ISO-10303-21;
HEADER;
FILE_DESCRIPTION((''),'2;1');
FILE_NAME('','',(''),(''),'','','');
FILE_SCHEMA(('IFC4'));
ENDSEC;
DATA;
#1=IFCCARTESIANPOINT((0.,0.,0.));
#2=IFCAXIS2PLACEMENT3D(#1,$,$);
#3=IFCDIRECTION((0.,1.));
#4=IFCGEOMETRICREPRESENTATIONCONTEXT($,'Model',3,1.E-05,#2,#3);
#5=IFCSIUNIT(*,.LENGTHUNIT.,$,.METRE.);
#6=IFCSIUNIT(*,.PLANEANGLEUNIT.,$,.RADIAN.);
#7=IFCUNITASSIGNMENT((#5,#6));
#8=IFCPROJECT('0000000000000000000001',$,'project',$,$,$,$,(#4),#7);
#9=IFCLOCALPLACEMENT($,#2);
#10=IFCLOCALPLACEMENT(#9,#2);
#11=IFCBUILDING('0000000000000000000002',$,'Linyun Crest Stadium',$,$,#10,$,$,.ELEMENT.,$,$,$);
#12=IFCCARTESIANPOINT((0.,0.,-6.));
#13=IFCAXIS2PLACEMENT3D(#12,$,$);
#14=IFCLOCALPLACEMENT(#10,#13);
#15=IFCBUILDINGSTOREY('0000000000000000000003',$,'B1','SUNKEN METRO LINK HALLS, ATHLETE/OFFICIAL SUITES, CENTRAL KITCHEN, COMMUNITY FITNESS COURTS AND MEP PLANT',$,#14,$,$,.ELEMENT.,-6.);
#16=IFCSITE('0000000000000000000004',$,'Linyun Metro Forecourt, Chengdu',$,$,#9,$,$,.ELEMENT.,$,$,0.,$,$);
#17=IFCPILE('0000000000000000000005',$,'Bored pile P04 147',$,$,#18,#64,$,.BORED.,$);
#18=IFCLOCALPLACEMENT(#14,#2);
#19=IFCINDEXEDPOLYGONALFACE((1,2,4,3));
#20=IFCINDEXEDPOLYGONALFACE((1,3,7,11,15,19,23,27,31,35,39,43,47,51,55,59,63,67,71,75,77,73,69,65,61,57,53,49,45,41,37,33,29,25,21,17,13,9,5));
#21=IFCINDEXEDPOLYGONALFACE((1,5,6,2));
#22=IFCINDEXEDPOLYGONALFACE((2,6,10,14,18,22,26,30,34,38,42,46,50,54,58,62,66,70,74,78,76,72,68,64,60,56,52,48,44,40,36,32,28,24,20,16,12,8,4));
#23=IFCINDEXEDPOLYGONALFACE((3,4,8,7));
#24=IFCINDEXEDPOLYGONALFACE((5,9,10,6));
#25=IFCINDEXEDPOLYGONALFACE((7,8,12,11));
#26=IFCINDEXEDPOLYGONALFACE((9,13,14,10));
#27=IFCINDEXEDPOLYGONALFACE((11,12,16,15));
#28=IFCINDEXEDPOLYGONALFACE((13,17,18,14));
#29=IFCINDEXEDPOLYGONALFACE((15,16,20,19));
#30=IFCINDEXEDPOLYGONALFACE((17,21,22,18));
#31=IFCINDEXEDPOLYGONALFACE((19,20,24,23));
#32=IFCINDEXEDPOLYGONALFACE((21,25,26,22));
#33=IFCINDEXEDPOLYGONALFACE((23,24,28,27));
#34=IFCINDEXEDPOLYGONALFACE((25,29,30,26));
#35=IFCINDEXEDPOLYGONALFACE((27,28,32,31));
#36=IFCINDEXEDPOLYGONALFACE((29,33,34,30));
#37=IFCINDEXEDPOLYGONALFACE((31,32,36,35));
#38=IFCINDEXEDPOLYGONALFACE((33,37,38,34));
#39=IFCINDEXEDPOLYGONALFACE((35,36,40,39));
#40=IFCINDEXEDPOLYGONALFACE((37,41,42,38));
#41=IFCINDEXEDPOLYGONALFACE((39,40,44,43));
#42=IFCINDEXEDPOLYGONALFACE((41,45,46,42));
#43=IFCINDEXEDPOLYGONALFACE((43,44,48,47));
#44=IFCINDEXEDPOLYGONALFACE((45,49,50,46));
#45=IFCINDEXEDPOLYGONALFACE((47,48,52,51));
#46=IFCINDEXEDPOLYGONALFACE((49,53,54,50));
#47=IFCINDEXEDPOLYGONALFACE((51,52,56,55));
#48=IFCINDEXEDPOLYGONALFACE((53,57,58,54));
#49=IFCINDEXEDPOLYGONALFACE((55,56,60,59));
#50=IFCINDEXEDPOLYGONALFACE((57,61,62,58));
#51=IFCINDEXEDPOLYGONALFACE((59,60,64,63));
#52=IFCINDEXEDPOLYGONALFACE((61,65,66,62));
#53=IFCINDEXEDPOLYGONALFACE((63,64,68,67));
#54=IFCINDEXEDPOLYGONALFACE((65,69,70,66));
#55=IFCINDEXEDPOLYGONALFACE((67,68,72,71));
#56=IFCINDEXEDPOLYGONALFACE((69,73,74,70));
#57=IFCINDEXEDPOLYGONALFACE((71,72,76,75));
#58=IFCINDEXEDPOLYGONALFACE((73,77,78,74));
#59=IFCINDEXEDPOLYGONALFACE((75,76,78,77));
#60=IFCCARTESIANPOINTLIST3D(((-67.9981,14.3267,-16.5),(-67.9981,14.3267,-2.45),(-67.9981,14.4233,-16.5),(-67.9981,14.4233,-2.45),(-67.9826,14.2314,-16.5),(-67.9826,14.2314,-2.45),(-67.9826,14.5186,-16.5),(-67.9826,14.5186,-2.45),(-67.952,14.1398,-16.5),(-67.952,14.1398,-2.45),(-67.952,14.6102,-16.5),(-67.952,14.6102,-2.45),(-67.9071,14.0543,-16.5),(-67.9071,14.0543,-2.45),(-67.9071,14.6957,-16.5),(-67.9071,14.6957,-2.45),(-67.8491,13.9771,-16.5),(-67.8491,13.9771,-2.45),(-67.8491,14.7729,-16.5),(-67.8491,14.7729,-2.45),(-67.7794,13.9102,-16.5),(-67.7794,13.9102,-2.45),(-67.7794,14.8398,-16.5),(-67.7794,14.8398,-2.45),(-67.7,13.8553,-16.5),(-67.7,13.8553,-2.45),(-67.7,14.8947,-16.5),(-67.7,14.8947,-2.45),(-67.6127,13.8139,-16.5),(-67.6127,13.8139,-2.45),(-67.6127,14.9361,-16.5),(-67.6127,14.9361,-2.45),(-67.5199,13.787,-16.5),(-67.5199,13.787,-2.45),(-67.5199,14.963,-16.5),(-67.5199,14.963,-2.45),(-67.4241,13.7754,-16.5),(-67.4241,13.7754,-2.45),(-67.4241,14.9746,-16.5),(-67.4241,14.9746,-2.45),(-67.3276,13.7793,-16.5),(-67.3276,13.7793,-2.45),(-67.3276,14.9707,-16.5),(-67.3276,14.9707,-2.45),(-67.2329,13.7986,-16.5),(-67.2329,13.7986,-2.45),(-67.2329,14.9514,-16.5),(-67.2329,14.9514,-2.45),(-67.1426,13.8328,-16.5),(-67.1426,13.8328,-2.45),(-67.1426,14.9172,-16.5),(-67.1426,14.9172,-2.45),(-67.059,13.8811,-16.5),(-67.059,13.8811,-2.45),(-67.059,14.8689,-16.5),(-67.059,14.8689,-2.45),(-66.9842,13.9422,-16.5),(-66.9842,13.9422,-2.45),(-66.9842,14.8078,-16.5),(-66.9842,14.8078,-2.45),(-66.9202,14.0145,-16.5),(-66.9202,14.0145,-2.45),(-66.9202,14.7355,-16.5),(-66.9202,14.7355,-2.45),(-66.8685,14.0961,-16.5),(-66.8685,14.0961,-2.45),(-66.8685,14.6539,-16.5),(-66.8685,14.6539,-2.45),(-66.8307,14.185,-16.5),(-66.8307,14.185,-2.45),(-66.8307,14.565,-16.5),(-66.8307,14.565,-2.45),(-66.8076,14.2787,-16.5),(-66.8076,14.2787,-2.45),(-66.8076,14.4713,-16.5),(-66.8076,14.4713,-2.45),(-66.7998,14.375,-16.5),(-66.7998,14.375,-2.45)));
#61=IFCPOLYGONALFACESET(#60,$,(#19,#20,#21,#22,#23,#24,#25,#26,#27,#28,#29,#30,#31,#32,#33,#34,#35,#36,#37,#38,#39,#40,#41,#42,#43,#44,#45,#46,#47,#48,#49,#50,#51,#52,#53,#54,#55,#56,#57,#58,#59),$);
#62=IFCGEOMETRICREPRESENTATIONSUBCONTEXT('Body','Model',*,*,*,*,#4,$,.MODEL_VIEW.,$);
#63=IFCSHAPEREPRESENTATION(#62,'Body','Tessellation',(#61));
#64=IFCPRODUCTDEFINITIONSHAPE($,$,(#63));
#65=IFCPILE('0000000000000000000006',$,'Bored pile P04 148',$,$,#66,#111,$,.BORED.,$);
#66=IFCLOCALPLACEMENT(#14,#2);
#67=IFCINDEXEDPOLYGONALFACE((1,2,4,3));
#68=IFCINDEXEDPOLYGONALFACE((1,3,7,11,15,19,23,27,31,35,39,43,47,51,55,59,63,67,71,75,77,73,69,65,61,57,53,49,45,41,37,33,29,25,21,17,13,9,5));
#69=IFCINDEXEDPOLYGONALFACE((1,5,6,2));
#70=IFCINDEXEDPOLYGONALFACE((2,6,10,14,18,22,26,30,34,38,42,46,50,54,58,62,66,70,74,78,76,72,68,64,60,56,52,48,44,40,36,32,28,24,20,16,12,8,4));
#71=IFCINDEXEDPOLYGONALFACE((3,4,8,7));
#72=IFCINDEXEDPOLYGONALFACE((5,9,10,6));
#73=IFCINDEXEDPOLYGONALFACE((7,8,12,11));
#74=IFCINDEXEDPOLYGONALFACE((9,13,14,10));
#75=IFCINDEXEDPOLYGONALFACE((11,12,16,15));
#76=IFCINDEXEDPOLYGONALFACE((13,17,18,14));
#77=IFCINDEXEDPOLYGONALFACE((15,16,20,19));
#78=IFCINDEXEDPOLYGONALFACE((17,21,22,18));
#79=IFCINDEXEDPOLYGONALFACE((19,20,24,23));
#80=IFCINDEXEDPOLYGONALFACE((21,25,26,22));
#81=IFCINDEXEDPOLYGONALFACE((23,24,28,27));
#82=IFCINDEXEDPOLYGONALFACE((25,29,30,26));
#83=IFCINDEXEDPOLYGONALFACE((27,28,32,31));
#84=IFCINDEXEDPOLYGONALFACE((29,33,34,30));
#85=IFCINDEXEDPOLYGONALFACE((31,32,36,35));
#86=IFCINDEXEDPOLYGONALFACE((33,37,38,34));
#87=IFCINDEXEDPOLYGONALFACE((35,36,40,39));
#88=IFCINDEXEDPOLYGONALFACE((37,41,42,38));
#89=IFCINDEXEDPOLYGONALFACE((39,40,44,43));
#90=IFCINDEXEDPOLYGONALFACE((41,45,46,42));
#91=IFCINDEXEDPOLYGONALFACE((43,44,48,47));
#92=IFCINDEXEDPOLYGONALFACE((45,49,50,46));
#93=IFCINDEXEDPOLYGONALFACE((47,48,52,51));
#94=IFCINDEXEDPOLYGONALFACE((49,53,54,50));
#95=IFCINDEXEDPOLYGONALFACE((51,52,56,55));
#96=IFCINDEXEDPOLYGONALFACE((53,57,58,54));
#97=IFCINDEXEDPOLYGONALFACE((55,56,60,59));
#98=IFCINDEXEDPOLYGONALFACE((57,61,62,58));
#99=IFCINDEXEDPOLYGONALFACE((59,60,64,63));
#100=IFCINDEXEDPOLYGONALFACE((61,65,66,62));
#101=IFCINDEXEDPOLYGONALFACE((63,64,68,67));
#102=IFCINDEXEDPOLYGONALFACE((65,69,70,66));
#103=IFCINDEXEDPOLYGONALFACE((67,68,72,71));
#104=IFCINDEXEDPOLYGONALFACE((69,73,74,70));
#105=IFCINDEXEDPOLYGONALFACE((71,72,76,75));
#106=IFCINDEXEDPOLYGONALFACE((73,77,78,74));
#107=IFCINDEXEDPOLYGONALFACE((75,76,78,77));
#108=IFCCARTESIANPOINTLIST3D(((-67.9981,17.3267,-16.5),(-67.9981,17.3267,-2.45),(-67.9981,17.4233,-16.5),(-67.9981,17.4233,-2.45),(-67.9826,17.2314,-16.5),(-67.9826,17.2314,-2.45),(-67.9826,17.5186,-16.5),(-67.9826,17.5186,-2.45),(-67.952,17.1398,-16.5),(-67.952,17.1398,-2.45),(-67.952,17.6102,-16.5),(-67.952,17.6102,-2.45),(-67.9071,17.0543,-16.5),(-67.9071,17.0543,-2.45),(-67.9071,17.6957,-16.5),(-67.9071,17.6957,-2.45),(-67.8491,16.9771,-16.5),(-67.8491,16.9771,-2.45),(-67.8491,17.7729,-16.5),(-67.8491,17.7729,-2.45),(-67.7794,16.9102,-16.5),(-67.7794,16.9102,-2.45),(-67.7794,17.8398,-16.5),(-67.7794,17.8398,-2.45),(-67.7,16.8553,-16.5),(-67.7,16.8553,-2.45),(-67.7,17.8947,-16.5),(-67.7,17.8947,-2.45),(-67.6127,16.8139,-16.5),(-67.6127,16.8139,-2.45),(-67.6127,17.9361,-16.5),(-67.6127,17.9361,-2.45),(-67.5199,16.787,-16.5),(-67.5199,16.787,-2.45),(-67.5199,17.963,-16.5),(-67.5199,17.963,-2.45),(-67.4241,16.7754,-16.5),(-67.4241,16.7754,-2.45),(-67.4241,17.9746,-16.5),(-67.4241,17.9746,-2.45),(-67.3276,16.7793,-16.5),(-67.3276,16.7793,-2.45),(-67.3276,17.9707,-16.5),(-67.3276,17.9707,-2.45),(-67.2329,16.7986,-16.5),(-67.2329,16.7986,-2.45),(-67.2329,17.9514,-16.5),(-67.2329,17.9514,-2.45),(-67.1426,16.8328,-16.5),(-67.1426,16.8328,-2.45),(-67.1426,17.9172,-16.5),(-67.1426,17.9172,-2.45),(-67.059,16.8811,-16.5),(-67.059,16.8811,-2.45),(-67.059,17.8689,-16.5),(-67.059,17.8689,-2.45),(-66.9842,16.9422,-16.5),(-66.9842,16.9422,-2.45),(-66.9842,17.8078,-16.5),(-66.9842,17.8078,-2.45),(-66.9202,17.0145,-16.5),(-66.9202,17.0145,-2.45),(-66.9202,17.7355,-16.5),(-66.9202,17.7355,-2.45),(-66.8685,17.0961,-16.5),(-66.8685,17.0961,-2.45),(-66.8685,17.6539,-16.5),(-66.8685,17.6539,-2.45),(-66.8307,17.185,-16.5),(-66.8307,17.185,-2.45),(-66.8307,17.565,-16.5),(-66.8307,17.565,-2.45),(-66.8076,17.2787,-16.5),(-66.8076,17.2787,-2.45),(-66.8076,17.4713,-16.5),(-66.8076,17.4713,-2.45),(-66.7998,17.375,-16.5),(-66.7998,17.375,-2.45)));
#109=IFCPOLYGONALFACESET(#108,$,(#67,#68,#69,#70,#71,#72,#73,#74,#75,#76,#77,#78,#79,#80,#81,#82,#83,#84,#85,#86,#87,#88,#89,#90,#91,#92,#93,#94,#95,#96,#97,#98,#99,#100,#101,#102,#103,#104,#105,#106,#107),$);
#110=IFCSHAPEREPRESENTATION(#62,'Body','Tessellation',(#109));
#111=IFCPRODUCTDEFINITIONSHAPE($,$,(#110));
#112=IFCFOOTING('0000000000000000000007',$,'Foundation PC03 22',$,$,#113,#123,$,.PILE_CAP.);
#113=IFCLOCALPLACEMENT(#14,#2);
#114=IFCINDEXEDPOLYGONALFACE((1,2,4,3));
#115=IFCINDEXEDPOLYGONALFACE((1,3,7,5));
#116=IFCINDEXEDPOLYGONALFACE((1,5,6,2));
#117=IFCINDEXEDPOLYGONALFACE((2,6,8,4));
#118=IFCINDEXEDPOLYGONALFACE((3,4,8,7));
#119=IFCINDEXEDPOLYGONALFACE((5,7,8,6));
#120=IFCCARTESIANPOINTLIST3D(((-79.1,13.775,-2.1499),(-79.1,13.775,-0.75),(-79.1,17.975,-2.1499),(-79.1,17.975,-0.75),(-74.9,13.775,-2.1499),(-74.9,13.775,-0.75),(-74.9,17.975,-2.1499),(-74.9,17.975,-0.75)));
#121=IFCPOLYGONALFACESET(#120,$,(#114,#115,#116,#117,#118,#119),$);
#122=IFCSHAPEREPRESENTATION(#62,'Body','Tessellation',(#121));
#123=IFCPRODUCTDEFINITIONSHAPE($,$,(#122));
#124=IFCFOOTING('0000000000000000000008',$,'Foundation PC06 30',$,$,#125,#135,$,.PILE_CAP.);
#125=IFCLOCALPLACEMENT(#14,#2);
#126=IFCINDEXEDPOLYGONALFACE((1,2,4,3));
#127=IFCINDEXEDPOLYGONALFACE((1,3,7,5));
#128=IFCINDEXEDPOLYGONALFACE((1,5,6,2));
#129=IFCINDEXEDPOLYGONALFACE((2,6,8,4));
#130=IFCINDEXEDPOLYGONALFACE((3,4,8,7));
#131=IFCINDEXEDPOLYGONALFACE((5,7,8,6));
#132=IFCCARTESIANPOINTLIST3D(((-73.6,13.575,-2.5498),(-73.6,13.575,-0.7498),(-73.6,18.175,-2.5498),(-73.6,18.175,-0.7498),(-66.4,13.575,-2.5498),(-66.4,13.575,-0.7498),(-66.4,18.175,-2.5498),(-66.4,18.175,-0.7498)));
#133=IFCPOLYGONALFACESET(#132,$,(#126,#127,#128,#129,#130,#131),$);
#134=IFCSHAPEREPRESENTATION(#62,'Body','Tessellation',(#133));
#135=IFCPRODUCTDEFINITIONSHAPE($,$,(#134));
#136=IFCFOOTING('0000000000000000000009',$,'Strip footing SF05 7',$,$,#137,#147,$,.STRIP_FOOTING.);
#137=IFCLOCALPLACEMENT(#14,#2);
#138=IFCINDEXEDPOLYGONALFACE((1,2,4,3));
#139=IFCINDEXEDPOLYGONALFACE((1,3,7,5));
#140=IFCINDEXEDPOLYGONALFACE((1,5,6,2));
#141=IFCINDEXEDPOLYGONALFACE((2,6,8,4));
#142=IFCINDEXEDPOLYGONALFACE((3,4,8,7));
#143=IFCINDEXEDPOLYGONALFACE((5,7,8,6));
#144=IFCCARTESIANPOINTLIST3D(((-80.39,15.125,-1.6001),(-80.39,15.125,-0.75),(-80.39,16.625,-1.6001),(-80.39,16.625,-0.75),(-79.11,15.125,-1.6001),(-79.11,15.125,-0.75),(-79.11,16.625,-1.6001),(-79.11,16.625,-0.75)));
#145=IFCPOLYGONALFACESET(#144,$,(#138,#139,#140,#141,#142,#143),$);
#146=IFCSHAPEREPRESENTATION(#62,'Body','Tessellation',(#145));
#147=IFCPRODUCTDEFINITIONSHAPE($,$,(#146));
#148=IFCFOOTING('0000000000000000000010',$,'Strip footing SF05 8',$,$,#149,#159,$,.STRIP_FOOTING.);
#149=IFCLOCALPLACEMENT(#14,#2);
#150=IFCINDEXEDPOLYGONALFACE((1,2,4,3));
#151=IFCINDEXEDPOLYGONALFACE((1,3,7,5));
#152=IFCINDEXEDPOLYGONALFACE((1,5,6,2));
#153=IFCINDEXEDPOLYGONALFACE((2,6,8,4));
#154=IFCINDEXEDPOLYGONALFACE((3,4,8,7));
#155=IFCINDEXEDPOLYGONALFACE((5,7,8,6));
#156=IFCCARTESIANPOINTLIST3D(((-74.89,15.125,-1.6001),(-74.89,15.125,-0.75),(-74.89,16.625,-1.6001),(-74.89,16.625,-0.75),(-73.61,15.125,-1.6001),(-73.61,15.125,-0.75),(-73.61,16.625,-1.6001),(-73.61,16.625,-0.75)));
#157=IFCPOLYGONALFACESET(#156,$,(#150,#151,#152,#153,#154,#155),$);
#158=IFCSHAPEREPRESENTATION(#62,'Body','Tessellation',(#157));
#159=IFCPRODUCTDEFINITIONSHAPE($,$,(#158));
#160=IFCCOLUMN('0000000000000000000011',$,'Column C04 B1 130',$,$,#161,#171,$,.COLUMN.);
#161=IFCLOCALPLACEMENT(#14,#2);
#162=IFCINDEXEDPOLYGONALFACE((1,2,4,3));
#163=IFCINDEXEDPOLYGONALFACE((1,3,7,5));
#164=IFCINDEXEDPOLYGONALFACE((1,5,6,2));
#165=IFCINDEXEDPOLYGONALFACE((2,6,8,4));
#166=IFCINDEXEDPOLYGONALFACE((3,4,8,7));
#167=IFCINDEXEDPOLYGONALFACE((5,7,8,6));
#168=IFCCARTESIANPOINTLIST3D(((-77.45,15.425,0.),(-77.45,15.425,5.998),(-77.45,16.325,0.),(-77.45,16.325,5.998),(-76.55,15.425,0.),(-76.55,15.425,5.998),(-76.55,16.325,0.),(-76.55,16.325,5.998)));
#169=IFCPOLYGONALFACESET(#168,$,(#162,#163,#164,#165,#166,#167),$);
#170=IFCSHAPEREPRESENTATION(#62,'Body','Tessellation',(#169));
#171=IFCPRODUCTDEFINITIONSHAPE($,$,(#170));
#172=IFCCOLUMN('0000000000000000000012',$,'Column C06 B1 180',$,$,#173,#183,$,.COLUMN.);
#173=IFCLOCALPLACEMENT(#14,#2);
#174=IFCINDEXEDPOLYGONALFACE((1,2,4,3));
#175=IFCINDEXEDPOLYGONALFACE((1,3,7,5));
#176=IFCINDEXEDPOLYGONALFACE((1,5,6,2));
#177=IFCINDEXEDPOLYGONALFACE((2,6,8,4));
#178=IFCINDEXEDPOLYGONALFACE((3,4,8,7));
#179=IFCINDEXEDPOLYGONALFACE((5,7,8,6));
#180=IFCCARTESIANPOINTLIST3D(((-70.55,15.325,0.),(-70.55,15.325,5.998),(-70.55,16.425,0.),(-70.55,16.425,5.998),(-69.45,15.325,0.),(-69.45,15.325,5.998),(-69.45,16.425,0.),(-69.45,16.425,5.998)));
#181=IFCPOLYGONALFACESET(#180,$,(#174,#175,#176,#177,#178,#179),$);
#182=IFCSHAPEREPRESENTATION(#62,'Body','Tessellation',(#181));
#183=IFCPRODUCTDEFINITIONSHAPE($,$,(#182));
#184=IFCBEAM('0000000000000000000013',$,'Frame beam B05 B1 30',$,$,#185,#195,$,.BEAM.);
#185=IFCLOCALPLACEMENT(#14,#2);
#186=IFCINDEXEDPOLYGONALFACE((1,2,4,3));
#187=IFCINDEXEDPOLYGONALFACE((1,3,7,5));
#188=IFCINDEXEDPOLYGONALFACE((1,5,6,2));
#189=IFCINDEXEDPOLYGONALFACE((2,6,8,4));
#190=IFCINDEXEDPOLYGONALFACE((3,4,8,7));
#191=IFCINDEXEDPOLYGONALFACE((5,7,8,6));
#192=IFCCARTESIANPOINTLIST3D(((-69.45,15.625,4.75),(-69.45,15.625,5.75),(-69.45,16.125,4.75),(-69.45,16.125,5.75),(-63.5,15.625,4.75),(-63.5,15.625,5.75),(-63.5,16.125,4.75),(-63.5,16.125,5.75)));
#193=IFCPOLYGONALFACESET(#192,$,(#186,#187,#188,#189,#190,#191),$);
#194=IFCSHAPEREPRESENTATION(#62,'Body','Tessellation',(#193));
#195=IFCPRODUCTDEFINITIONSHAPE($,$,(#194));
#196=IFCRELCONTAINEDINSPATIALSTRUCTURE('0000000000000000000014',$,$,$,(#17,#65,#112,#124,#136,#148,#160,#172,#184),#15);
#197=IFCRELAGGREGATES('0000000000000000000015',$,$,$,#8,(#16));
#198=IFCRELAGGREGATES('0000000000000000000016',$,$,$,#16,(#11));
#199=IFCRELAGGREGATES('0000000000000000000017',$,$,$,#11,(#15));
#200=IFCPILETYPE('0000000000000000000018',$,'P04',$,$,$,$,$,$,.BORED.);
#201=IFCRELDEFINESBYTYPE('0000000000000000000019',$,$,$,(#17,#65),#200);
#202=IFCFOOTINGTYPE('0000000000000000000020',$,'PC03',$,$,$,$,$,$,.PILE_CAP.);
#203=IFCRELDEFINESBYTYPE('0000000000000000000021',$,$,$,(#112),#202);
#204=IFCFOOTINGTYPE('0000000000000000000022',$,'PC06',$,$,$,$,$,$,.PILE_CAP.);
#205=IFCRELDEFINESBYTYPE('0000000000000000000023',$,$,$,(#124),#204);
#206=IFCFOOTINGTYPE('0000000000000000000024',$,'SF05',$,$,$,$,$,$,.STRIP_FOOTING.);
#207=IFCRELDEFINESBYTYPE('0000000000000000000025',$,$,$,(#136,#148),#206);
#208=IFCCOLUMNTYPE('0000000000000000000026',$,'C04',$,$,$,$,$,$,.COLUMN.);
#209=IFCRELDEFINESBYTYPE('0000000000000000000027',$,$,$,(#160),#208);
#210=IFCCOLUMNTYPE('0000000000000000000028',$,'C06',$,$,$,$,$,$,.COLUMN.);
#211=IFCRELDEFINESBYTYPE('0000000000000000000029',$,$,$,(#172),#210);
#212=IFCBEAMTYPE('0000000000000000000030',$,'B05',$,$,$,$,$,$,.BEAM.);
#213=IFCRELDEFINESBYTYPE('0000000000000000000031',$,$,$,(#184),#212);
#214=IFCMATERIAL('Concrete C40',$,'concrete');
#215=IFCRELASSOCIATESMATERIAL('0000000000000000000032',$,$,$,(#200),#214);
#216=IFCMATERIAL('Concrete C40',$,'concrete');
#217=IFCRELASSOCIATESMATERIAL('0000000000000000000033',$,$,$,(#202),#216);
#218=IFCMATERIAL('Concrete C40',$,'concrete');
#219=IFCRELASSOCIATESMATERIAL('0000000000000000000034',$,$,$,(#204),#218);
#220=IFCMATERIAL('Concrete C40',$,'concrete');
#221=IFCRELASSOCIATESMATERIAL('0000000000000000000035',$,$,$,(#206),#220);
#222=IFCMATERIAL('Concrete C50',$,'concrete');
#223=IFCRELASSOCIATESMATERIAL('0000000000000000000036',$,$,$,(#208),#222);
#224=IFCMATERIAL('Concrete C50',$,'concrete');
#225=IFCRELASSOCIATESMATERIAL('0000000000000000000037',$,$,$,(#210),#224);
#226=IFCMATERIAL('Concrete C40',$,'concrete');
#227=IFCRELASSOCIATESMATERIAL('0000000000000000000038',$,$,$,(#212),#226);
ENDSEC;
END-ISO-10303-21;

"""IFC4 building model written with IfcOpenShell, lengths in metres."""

from ifc_helpers import new_model, si_unit, direction, frame, origin, origin_2d, place, context, subcontext, project, spatial, rectangle, circle, extrude, material, material_profile, profile_set, type_object, element, save


model = new_model("IFC4")

# Units and contexts
model_context = context("Model", 3, precision=1e-05, world=origin(), true_north=direction((0.0, 1.0)))
body_context = subcontext(model_context, "Body", "Model", "MODEL_VIEW")
ifc_project = project(units=[si_unit("LENGTHUNIT", "METRE"), si_unit("PLANEANGLEUNIT", "RADIAN")], contexts=[model_context])

# Site, building, storey
site_placement = place(None, origin())
site = spatial("IfcSite", under=ifc_project, at=site_placement, Name="Linyun Metro Forecourt, Chengdu", CompositionType="ELEMENT", RefElevation=0.0)
building_placement = place(site_placement, origin())
building = spatial("IfcBuilding", under=site, at=building_placement, Name="Linyun Crest Stadium", CompositionType="ELEMENT")
storey_placement = place(building_placement, frame((0.0, 0.0, -6.0)))
storey = spatial("IfcBuildingStorey", under=building, at=storey_placement, Name="B1", Description="SUNKEN METRO LINK HALLS, ATHLETE/OFFICIAL SUITES, CENTRAL KITCHEN, COMMUNITY FITNESS COURTS AND MEP PLANT", CompositionType="ELEMENT", Elevation=-6.0)

# Piles
ifc_material_1 = material(Name="Concrete C40", Category="concrete")
ifc_material_profile_1 = material_profile(ifc_material_1, circle(Radius=0.6001, at=origin_2d()), Name="BORED PILE 1200")
ifc_profile_set_1 = profile_set([ifc_material_profile_1], Name="Concrete C40")
pile_type_1 = type_object("IfcPileType", Name="P04", PredefinedType="BORED", material=ifc_profile_set_1)
for number, where, z_axis, x_axis, name in (
    (1, (-67.3999, 14.375, -2.45), (0.0, 0.0, -1.0), (1.0, 0.0, 0.0), "Bored pile P04 147"),
    (2, (-67.3999, 17.375, -2.45), (0.0, 0.0, -1.0), (1.0, 0.0, 0.0), "Bored pile P04 148"),
):
    element("IfcPile", number, at=place(storey_placement, frame(where, z_axis=z_axis, x_axis=x_axis)), inside=storey, type_object=pile_type_1, Name=name, PredefinedType="BORED", context=body_context, shape_type="SweptSolid", body=[
        extrude(circle(Radius=0.6001, at=origin_2d()), origin(), (0.0, 0.0, 1.0), 14.05),
    ])

# Footings
ifc_material_2 = material(Name="Concrete C40", Category="concrete")
footing_type_1 = type_object("IfcFootingType", Name="PC03", PredefinedType="PILE_CAP", material=ifc_material_2)
footing_1_placement = place(storey_placement, frame((-77.0, 15.875, -2.1499), z_axis=(0.0, 0.0, 1.0), x_axis=(1.0, 0.0, 0.0)))
element("IfcFooting", 3, at=footing_1_placement, inside=storey, type_object=footing_type_1, Name="Foundation PC03 22", PredefinedType="PILE_CAP", context=body_context, shape_type="SweptSolid", body=[
    extrude(rectangle(XDim=4.2, YDim=4.2, at=origin_2d()), origin(), (0.0, 0.0, 1.0), 1.3999),
])
ifc_material_3 = material(Name="Concrete C40", Category="concrete")
footing_type_2 = type_object("IfcFootingType", Name="PC06", PredefinedType="PILE_CAP", material=ifc_material_3)
footing_2_placement = place(storey_placement, frame((-70.0, 15.875, -2.5498), z_axis=(0.0, 0.0, 1.0), x_axis=(1.0, 0.0, 0.0)))
element("IfcFooting", 4, at=footing_2_placement, inside=storey, type_object=footing_type_2, Name="Foundation PC06 30", PredefinedType="PILE_CAP", context=body_context, shape_type="SweptSolid", body=[
    extrude(rectangle(XDim=7.2, YDim=4.6001, at=origin_2d()), origin(), (0.0, 0.0, 1.0), 1.8),
])
ifc_material_4 = material(Name="Concrete C40", Category="concrete")
footing_type_3 = type_object("IfcFootingType", Name="SF05", PredefinedType="STRIP_FOOTING", material=ifc_material_4)
for number, where, z_axis, x_axis, name in (
    (5, (-79.75, 15.875, -1.6001), (0.0, 0.0, 1.0), (1.0, 0.0, 0.0), "Strip footing SF05 7"),
    (6, (-74.25, 15.875, -1.6001), (0.0, 0.0, 1.0), (1.0, 0.0, 0.0), "Strip footing SF05 8"),
):
    element("IfcFooting", number, at=place(storey_placement, frame(where, z_axis=z_axis, x_axis=x_axis)), inside=storey, type_object=footing_type_3, Name=name, PredefinedType="STRIP_FOOTING", context=body_context, shape_type="SweptSolid", body=[
        extrude(rectangle(XDim=1.28, YDim=1.5, at=origin_2d()), origin(), (0.0, 0.0, 1.0), 0.8501),
    ])

# Columns
ifc_material_5 = material(Name="Concrete C50", Category="concrete")
ifc_material_profile_2 = material_profile(ifc_material_5, rectangle(XDim=0.8999, YDim=0.8999, at=origin_2d()), Name="RC 900x900")
ifc_profile_set_2 = profile_set([ifc_material_profile_2], Name="Concrete C50")
column_type_1 = type_object("IfcColumnType", Name="C04", PredefinedType="COLUMN", material=ifc_profile_set_2)
column_1_placement = place(storey_placement, frame((-77.0, 15.875, 0.0), z_axis=(0.0, 0.0, 1.0), x_axis=(1.0, 0.0, 0.0)))
element("IfcColumn", 7, at=column_1_placement, inside=storey, type_object=column_type_1, Name="Column C04 B1 130", PredefinedType="COLUMN", context=body_context, shape_type="SweptSolid", body=[
    extrude(rectangle(XDim=0.8999, YDim=0.8999, at=origin_2d()), origin(), (0.0, 0.0, 1.0), 5.998),
])
ifc_material_6 = material(Name="Concrete C50", Category="concrete")
ifc_material_profile_3 = material_profile(ifc_material_6, rectangle(XDim=1.1001, YDim=1.1001, at=origin_2d()), Name="RC 1100x1100")
ifc_profile_set_3 = profile_set([ifc_material_profile_3], Name="Concrete C50")
column_type_2 = type_object("IfcColumnType", Name="C06", PredefinedType="COLUMN", material=ifc_profile_set_3)
column_2_placement = place(storey_placement, frame((-70.0, 15.875, 0.0), z_axis=(0.0, 0.0, 1.0), x_axis=(1.0, 0.0, 0.0)))
element("IfcColumn", 8, at=column_2_placement, inside=storey, type_object=column_type_2, Name="Column C06 B1 180", PredefinedType="COLUMN", context=body_context, shape_type="SweptSolid", body=[
    extrude(rectangle(XDim=1.1001, YDim=1.1001, at=origin_2d()), origin(), (0.0, 0.0, 1.0), 5.998),
])

# Beam
ifc_material_7 = material(Name="Concrete C40", Category="concrete")
ifc_material_profile_4 = material_profile(ifc_material_7, rectangle(XDim=0.5, YDim=1.0, at=origin_2d()), Name="RCB 1000x500")
ifc_profile_set_4 = profile_set([ifc_material_profile_4], Name="Concrete C40")
beam_type_1 = type_object("IfcBeamType", Name="B05", PredefinedType="BEAM", material=ifc_profile_set_4)
beam_1_placement = place(storey_placement, frame((-69.45, 15.875, 5.25), z_axis=(1.0, 0.0, 0.0), x_axis=(0.0, 1.0, 0.0)))
element("IfcBeam", 9, at=beam_1_placement, inside=storey, type_object=beam_type_1, Name="Frame beam B05 B1 30", PredefinedType="BEAM", context=body_context, shape_type="SweptSolid", body=[
    extrude(rectangle(XDim=0.5, YDim=1.0, at=origin_2d()), origin(), (0.0, 0.0, 1.0), 5.95),
])

save(model, "model.ifc")
